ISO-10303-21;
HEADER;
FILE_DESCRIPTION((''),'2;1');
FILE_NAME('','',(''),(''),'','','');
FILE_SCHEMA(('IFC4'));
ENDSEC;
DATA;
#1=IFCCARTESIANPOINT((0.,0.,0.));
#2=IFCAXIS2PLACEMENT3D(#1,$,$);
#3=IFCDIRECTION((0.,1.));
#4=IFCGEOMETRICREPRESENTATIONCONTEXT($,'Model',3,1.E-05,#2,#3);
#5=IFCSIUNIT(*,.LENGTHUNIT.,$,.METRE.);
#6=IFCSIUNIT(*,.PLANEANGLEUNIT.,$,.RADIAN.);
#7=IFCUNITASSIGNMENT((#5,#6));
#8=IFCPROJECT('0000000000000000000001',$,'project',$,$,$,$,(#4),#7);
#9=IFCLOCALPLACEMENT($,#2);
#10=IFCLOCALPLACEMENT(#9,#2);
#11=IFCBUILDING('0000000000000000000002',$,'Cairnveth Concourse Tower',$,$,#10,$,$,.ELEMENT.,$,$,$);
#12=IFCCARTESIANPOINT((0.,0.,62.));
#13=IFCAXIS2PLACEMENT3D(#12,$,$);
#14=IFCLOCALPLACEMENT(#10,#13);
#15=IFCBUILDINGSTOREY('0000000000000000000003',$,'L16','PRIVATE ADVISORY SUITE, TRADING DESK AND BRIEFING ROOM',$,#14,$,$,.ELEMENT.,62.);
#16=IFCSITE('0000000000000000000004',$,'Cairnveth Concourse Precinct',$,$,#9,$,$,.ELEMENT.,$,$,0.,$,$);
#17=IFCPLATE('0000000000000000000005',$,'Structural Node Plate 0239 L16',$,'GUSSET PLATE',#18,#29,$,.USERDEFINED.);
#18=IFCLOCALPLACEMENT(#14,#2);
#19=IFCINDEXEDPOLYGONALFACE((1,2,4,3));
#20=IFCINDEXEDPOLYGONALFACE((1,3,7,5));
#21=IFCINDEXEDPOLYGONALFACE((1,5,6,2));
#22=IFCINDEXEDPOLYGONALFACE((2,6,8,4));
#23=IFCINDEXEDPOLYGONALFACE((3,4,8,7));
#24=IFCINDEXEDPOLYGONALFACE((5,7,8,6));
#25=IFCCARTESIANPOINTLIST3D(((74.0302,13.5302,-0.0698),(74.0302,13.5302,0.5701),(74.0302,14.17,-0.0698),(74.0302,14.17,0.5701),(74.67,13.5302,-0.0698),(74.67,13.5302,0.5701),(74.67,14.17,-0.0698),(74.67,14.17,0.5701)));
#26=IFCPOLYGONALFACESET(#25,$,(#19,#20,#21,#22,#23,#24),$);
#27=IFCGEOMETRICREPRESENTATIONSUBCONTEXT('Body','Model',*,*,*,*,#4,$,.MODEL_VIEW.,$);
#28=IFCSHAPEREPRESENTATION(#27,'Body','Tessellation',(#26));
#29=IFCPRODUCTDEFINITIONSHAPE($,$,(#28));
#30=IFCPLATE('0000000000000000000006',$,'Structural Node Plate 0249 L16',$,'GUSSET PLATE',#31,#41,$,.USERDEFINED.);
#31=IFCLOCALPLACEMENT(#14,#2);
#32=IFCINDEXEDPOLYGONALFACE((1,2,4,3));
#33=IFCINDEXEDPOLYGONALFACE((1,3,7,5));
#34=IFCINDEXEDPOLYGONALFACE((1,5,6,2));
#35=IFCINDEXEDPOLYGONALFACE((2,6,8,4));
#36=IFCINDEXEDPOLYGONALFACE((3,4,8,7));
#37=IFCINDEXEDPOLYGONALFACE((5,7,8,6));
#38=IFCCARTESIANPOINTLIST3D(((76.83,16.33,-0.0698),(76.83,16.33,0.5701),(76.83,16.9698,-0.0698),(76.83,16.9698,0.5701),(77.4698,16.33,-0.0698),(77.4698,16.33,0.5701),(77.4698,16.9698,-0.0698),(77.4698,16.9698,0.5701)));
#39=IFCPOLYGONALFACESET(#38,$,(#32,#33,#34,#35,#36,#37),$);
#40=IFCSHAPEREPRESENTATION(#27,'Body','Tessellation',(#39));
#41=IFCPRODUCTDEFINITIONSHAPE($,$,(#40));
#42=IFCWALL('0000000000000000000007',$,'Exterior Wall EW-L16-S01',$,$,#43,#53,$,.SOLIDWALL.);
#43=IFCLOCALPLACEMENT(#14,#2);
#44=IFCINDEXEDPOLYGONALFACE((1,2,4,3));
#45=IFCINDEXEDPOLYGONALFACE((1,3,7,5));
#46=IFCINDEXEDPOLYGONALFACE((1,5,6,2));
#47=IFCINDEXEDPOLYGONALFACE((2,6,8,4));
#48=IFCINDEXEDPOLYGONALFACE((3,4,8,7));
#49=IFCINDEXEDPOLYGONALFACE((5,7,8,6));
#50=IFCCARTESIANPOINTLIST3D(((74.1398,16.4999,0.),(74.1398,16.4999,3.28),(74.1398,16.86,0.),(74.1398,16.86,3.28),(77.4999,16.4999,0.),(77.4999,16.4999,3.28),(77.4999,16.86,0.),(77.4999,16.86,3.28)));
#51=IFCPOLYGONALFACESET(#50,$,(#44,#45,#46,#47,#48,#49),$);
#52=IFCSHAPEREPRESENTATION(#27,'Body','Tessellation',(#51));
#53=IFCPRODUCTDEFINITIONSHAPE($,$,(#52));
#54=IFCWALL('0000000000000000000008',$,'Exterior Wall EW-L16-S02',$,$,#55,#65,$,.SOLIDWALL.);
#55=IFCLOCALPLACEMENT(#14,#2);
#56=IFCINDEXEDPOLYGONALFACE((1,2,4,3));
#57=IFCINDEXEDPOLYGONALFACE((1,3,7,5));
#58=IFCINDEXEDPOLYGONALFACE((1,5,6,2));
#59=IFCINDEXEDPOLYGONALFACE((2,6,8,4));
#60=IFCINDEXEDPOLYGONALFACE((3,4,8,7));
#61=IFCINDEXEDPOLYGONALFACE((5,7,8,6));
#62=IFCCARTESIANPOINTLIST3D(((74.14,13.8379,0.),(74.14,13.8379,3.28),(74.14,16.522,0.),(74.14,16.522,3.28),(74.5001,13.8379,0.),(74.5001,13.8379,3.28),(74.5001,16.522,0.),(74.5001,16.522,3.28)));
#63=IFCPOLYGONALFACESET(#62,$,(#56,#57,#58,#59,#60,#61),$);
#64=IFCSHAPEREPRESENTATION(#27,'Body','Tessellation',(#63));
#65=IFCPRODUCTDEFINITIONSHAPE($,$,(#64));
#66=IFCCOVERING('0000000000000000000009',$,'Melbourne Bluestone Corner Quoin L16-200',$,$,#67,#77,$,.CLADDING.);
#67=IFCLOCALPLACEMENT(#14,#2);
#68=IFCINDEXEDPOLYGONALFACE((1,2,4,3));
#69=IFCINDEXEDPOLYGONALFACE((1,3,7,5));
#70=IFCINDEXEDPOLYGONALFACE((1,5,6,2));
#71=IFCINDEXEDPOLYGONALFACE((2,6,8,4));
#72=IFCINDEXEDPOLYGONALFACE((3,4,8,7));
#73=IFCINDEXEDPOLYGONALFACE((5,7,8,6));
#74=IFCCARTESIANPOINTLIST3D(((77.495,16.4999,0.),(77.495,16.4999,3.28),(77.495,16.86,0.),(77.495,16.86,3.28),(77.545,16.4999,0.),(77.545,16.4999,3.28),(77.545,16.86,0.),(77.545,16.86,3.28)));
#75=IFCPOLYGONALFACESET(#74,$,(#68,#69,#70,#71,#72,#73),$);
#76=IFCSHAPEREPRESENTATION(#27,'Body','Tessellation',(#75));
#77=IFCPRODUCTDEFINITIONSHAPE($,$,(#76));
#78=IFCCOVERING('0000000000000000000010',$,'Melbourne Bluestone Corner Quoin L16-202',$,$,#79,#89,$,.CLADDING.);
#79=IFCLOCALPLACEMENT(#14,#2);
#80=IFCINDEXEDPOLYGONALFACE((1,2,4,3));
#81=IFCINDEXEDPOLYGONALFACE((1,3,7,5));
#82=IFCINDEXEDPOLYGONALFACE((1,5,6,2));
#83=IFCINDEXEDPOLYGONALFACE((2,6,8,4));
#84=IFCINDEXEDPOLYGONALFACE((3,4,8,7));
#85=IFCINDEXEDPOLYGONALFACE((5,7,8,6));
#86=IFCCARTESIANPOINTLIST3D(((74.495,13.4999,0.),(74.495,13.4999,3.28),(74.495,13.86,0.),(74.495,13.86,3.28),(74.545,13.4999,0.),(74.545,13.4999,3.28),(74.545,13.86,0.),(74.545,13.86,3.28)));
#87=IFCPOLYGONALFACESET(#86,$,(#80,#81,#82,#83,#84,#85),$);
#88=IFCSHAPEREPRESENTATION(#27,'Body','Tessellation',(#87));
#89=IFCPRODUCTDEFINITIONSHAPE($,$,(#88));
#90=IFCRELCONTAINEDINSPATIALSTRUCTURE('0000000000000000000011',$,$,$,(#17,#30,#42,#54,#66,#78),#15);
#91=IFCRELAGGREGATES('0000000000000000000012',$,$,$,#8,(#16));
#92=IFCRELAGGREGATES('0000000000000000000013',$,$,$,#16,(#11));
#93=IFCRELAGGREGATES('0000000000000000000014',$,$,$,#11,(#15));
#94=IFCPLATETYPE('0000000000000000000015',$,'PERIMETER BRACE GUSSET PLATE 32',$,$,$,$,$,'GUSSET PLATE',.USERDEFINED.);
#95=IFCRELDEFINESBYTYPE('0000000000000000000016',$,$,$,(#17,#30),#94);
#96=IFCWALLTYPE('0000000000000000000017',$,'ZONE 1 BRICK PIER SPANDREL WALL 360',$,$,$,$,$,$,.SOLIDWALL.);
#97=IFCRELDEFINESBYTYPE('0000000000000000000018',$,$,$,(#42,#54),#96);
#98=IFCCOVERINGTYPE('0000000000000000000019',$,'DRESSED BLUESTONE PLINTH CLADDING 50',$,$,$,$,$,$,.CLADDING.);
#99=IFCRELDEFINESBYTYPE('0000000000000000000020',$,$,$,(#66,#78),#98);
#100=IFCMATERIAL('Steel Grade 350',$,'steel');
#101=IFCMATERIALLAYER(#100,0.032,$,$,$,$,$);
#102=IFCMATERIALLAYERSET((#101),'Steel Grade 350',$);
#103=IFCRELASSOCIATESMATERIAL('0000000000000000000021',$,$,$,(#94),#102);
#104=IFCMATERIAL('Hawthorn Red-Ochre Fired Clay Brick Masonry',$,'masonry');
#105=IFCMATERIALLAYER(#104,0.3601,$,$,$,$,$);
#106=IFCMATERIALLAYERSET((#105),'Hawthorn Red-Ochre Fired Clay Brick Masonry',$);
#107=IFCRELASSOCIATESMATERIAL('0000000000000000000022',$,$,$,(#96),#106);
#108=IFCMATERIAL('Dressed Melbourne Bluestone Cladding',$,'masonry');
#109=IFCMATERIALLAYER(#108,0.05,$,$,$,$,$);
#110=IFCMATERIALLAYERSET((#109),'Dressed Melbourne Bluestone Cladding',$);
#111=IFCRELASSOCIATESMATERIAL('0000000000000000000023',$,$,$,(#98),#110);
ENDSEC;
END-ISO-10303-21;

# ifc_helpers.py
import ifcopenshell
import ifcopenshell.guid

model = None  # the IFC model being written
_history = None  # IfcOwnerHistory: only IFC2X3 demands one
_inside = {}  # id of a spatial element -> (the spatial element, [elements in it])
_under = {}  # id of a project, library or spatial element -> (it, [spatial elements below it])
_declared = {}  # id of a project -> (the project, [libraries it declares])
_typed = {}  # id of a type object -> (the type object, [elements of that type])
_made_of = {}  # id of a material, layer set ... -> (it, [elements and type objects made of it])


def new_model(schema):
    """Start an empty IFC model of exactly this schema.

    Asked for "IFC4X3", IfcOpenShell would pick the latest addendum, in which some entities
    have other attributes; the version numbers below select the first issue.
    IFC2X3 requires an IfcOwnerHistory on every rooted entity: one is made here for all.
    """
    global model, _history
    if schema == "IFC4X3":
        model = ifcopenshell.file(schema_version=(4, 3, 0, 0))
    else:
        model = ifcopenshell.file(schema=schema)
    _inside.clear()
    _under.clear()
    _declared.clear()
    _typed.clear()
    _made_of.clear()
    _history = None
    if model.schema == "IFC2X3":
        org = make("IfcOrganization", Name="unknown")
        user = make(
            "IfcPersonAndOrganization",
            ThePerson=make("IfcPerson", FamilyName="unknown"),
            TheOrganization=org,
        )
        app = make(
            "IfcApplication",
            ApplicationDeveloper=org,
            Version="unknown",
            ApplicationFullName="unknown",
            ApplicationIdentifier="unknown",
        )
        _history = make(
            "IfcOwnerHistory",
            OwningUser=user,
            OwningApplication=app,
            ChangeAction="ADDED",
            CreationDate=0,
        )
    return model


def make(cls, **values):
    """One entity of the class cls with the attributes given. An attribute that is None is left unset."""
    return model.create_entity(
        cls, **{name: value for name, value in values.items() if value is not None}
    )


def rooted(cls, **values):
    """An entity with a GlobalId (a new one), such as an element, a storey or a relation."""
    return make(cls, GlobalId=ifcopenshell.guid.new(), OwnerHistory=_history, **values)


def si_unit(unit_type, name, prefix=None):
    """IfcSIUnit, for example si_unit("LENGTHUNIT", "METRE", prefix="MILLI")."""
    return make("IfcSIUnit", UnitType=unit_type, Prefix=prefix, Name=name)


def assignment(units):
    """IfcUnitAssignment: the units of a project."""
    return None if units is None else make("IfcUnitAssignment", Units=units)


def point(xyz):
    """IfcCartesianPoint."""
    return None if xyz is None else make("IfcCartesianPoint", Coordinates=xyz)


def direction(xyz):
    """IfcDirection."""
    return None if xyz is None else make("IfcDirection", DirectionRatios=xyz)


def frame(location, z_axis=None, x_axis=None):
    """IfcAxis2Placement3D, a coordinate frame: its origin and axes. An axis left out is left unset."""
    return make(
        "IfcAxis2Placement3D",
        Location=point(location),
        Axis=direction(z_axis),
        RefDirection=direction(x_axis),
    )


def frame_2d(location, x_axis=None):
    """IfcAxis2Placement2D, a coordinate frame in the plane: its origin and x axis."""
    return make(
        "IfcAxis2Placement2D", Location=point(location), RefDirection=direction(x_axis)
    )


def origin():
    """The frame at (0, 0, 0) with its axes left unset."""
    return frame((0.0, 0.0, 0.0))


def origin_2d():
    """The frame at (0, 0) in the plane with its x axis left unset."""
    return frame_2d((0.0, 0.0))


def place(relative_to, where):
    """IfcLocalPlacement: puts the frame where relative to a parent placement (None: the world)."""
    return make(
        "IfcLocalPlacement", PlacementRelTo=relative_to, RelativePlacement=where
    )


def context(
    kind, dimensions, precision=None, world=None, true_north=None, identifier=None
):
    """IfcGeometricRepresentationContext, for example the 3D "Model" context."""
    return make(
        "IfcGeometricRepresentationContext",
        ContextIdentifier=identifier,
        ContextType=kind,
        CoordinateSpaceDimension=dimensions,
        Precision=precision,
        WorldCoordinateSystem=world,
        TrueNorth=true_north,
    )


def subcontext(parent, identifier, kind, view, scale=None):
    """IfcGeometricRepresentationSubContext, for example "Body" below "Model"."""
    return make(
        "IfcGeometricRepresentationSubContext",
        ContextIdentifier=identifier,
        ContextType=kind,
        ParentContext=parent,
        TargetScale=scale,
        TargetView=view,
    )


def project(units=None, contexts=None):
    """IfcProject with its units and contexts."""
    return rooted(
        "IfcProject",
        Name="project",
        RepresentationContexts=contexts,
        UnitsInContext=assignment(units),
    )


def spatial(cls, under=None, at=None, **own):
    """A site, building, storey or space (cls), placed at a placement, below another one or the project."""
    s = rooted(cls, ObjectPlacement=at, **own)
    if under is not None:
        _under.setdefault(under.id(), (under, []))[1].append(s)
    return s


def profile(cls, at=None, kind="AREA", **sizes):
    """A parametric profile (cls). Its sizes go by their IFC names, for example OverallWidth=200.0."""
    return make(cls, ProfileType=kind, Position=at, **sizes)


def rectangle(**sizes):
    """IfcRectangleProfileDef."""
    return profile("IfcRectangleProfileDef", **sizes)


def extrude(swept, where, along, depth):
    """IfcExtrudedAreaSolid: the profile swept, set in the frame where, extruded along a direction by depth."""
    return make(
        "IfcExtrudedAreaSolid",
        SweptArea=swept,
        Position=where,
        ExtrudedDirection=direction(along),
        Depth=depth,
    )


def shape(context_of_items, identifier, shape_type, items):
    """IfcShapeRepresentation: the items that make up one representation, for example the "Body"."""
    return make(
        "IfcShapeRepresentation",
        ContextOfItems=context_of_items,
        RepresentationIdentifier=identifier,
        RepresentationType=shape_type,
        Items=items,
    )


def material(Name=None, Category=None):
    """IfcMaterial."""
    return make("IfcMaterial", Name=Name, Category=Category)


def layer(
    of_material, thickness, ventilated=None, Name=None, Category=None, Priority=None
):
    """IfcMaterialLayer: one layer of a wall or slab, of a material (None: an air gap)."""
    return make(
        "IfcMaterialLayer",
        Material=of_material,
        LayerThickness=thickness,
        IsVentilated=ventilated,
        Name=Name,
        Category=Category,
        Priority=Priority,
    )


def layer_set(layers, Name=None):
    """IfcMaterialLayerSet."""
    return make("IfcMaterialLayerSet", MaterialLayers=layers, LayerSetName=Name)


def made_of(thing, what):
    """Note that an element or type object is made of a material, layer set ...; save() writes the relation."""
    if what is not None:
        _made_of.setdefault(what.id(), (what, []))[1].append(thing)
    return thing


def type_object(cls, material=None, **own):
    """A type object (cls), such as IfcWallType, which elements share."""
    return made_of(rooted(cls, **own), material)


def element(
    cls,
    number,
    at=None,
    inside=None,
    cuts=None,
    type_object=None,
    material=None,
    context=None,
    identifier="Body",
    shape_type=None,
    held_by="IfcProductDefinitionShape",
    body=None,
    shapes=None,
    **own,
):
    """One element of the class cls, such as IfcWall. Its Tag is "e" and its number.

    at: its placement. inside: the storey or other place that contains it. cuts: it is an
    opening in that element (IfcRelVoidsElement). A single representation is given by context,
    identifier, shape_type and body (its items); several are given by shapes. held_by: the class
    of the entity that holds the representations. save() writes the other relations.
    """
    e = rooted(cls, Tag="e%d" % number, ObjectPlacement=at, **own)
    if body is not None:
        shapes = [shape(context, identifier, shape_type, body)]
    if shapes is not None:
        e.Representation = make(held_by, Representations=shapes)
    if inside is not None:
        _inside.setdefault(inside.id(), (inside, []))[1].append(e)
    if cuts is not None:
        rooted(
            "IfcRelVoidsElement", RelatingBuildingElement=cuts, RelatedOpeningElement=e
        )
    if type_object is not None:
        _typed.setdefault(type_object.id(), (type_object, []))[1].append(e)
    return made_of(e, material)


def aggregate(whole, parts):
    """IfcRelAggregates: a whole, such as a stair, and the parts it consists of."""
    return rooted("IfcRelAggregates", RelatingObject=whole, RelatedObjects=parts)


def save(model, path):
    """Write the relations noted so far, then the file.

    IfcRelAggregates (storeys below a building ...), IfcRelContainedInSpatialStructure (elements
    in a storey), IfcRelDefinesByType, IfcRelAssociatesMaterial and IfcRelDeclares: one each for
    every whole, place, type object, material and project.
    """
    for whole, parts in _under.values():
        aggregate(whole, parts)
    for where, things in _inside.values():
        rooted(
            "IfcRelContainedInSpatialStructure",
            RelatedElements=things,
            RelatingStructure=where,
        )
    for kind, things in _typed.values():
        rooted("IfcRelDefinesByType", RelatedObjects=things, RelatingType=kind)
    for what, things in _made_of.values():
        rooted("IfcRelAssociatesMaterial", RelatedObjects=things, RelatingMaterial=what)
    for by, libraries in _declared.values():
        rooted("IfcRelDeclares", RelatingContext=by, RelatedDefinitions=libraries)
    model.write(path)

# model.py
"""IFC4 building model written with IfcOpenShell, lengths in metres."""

from ifc_helpers import new_model, si_unit, direction, frame, frame_2d, origin, origin_2d, place, context, subcontext, project, spatial, rectangle, extrude, material, layer, layer_set, type_object, element, save


model = new_model("IFC4")

# Units and contexts
model_context = context("Model", 3, precision=1e-05, world=origin(), true_north=direction((0.0, 1.0)))
body_context = subcontext(model_context, "Body", "Model", "MODEL_VIEW")
ifc_project = project(units=[si_unit("LENGTHUNIT", "METRE"), si_unit("PLANEANGLEUNIT", "RADIAN")], contexts=[model_context])

# Site, building, storey
site_placement = place(None, origin())
site = spatial("IfcSite", under=ifc_project, at=site_placement, Name="Cairnveth Concourse Precinct", CompositionType="ELEMENT", RefElevation=0.0)
building_placement = place(site_placement, origin())
building = spatial("IfcBuilding", under=site, at=building_placement, Name="Cairnveth Concourse Tower", CompositionType="ELEMENT")
storey_placement = place(building_placement, frame((0.0, 0.0, 62.0)))
storey = spatial("IfcBuildingStorey", under=building, at=storey_placement, Name="L16", Description="PRIVATE ADVISORY SUITE, TRADING DESK AND BRIEFING ROOM", CompositionType="ELEMENT", Elevation=62.0)

# Shared definitions
ifc_material_1 = material(Name="Steel Grade 350", Category="steel")

# Plates
ifc_layer_1 = layer(ifc_material_1, 0.032)
ifc_layer_set_1 = layer_set([ifc_layer_1], Name="Steel Grade 350")
plate_type = type_object("IfcPlateType", Name="PERIMETER BRACE GUSSET PLATE 32", ElementType="GUSSET PLATE", PredefinedType="USERDEFINED", material=ifc_layer_set_1)
for number, where, z_axis, x_axis, name in (
    (1, (74.3501, 13.8501, -0.0698), (0.0, 0.0, 1.0), (1.0, 0.0, 0.0), "Structural Node Plate 0239 L16"),
    (2, (77.1499, 16.6499, -0.0698), (0.0, 0.0, 1.0), (1.0, 0.0, 0.0), "Structural Node Plate 0249 L16"),
):
    element("IfcPlate", number, at=place(storey_placement, frame(where, z_axis=z_axis, x_axis=x_axis)), inside=storey, type_object=plate_type, Name=name, ObjectType="GUSSET PLATE", PredefinedType="USERDEFINED", context=body_context, shape_type="SweptSolid", body=[
        extrude(rectangle(XDim=0.6399, YDim=0.6399, at=origin_2d()), origin(), (0.0, 0.0, 1.0), 0.6399),
    ])

# Walls
ifc_material_2 = material(Name="Hawthorn Red-Ochre Fired Clay Brick Masonry", Category="masonry")
ifc_layer_2 = layer(ifc_material_2, 0.3601)
ifc_layer_set_2 = layer_set([ifc_layer_2], Name="Hawthorn Red-Ochre Fired Clay Brick Masonry")
wall_type = type_object("IfcWallType", Name="ZONE 1 BRICK PIER SPANDREL WALL 360", PredefinedType="SOLIDWALL", material=ifc_layer_set_2)
wall_1_placement = place(storey_placement, frame((77.5, 16.6799, 0.0), z_axis=(0.0, 0.0, 1.0), x_axis=(-1.0, 0.0, 0.0)))
element("IfcWall", 3, at=wall_1_placement, inside=storey, type_object=wall_type, Name="Exterior Wall EW-L16-S01", PredefinedType="SOLIDWALL", context=body_context, shape_type="SweptSolid", body=[
    extrude(rectangle(XDim=3.3601, YDim=0.3601, at=frame_2d((1.6802, 0.0))), origin(), (0.0, 0.0, 1.0), 3.28),
])
wall_2_placement = place(storey_placement, frame((74.3201, 16.522, 0.0), z_axis=(0.0, 0.0, 1.0), x_axis=(0.0, -1.0, 0.0)))
element("IfcWall", 4, at=wall_2_placement, inside=storey, type_object=wall_type, Name="Exterior Wall EW-L16-S02", PredefinedType="SOLIDWALL", context=body_context, shape_type="SweptSolid", body=[
    extrude(rectangle(XDim=2.6841, YDim=0.3601, at=frame_2d((1.342, 0.0))), origin(), (0.0, 0.0, 1.0), 3.28),
])

# Coverings
ifc_material_3 = material(Name="Dressed Melbourne Bluestone Cladding", Category="masonry")
ifc_layer_3 = layer(ifc_material_3, 0.05)
ifc_layer_set_3 = layer_set([ifc_layer_3], Name="Dressed Melbourne Bluestone Cladding")
covering_type = type_object("IfcCoveringType", Name="DRESSED BLUESTONE PLINTH CLADDING 50", PredefinedType="CLADDING", material=ifc_layer_set_3)
for number, where, z_axis, x_axis, name in (
    (5, (77.52, 16.8601, 0.0), (0.0, 0.0, 1.0), (0.0, -1.0, 0.0), "Melbourne Bluestone Corner Quoin L16-200"),
    (6, (74.52, 13.8601, 0.0), (0.0, 0.0, 1.0), (0.0, -1.0, 0.0), "Melbourne Bluestone Corner Quoin L16-202"),
):
    element("IfcCovering", number, at=place(storey_placement, frame(where, z_axis=z_axis, x_axis=x_axis)), inside=storey, type_object=covering_type, Name=name, PredefinedType="CLADDING", context=body_context, shape_type="SweptSolid", body=[
        extrude(rectangle(XDim=0.3601, YDim=0.05, at=frame_2d((0.1802, 0.0))), origin(), (0.0, 0.0, 1.0), 3.28),
    ])

save(model, "model.ifc")
